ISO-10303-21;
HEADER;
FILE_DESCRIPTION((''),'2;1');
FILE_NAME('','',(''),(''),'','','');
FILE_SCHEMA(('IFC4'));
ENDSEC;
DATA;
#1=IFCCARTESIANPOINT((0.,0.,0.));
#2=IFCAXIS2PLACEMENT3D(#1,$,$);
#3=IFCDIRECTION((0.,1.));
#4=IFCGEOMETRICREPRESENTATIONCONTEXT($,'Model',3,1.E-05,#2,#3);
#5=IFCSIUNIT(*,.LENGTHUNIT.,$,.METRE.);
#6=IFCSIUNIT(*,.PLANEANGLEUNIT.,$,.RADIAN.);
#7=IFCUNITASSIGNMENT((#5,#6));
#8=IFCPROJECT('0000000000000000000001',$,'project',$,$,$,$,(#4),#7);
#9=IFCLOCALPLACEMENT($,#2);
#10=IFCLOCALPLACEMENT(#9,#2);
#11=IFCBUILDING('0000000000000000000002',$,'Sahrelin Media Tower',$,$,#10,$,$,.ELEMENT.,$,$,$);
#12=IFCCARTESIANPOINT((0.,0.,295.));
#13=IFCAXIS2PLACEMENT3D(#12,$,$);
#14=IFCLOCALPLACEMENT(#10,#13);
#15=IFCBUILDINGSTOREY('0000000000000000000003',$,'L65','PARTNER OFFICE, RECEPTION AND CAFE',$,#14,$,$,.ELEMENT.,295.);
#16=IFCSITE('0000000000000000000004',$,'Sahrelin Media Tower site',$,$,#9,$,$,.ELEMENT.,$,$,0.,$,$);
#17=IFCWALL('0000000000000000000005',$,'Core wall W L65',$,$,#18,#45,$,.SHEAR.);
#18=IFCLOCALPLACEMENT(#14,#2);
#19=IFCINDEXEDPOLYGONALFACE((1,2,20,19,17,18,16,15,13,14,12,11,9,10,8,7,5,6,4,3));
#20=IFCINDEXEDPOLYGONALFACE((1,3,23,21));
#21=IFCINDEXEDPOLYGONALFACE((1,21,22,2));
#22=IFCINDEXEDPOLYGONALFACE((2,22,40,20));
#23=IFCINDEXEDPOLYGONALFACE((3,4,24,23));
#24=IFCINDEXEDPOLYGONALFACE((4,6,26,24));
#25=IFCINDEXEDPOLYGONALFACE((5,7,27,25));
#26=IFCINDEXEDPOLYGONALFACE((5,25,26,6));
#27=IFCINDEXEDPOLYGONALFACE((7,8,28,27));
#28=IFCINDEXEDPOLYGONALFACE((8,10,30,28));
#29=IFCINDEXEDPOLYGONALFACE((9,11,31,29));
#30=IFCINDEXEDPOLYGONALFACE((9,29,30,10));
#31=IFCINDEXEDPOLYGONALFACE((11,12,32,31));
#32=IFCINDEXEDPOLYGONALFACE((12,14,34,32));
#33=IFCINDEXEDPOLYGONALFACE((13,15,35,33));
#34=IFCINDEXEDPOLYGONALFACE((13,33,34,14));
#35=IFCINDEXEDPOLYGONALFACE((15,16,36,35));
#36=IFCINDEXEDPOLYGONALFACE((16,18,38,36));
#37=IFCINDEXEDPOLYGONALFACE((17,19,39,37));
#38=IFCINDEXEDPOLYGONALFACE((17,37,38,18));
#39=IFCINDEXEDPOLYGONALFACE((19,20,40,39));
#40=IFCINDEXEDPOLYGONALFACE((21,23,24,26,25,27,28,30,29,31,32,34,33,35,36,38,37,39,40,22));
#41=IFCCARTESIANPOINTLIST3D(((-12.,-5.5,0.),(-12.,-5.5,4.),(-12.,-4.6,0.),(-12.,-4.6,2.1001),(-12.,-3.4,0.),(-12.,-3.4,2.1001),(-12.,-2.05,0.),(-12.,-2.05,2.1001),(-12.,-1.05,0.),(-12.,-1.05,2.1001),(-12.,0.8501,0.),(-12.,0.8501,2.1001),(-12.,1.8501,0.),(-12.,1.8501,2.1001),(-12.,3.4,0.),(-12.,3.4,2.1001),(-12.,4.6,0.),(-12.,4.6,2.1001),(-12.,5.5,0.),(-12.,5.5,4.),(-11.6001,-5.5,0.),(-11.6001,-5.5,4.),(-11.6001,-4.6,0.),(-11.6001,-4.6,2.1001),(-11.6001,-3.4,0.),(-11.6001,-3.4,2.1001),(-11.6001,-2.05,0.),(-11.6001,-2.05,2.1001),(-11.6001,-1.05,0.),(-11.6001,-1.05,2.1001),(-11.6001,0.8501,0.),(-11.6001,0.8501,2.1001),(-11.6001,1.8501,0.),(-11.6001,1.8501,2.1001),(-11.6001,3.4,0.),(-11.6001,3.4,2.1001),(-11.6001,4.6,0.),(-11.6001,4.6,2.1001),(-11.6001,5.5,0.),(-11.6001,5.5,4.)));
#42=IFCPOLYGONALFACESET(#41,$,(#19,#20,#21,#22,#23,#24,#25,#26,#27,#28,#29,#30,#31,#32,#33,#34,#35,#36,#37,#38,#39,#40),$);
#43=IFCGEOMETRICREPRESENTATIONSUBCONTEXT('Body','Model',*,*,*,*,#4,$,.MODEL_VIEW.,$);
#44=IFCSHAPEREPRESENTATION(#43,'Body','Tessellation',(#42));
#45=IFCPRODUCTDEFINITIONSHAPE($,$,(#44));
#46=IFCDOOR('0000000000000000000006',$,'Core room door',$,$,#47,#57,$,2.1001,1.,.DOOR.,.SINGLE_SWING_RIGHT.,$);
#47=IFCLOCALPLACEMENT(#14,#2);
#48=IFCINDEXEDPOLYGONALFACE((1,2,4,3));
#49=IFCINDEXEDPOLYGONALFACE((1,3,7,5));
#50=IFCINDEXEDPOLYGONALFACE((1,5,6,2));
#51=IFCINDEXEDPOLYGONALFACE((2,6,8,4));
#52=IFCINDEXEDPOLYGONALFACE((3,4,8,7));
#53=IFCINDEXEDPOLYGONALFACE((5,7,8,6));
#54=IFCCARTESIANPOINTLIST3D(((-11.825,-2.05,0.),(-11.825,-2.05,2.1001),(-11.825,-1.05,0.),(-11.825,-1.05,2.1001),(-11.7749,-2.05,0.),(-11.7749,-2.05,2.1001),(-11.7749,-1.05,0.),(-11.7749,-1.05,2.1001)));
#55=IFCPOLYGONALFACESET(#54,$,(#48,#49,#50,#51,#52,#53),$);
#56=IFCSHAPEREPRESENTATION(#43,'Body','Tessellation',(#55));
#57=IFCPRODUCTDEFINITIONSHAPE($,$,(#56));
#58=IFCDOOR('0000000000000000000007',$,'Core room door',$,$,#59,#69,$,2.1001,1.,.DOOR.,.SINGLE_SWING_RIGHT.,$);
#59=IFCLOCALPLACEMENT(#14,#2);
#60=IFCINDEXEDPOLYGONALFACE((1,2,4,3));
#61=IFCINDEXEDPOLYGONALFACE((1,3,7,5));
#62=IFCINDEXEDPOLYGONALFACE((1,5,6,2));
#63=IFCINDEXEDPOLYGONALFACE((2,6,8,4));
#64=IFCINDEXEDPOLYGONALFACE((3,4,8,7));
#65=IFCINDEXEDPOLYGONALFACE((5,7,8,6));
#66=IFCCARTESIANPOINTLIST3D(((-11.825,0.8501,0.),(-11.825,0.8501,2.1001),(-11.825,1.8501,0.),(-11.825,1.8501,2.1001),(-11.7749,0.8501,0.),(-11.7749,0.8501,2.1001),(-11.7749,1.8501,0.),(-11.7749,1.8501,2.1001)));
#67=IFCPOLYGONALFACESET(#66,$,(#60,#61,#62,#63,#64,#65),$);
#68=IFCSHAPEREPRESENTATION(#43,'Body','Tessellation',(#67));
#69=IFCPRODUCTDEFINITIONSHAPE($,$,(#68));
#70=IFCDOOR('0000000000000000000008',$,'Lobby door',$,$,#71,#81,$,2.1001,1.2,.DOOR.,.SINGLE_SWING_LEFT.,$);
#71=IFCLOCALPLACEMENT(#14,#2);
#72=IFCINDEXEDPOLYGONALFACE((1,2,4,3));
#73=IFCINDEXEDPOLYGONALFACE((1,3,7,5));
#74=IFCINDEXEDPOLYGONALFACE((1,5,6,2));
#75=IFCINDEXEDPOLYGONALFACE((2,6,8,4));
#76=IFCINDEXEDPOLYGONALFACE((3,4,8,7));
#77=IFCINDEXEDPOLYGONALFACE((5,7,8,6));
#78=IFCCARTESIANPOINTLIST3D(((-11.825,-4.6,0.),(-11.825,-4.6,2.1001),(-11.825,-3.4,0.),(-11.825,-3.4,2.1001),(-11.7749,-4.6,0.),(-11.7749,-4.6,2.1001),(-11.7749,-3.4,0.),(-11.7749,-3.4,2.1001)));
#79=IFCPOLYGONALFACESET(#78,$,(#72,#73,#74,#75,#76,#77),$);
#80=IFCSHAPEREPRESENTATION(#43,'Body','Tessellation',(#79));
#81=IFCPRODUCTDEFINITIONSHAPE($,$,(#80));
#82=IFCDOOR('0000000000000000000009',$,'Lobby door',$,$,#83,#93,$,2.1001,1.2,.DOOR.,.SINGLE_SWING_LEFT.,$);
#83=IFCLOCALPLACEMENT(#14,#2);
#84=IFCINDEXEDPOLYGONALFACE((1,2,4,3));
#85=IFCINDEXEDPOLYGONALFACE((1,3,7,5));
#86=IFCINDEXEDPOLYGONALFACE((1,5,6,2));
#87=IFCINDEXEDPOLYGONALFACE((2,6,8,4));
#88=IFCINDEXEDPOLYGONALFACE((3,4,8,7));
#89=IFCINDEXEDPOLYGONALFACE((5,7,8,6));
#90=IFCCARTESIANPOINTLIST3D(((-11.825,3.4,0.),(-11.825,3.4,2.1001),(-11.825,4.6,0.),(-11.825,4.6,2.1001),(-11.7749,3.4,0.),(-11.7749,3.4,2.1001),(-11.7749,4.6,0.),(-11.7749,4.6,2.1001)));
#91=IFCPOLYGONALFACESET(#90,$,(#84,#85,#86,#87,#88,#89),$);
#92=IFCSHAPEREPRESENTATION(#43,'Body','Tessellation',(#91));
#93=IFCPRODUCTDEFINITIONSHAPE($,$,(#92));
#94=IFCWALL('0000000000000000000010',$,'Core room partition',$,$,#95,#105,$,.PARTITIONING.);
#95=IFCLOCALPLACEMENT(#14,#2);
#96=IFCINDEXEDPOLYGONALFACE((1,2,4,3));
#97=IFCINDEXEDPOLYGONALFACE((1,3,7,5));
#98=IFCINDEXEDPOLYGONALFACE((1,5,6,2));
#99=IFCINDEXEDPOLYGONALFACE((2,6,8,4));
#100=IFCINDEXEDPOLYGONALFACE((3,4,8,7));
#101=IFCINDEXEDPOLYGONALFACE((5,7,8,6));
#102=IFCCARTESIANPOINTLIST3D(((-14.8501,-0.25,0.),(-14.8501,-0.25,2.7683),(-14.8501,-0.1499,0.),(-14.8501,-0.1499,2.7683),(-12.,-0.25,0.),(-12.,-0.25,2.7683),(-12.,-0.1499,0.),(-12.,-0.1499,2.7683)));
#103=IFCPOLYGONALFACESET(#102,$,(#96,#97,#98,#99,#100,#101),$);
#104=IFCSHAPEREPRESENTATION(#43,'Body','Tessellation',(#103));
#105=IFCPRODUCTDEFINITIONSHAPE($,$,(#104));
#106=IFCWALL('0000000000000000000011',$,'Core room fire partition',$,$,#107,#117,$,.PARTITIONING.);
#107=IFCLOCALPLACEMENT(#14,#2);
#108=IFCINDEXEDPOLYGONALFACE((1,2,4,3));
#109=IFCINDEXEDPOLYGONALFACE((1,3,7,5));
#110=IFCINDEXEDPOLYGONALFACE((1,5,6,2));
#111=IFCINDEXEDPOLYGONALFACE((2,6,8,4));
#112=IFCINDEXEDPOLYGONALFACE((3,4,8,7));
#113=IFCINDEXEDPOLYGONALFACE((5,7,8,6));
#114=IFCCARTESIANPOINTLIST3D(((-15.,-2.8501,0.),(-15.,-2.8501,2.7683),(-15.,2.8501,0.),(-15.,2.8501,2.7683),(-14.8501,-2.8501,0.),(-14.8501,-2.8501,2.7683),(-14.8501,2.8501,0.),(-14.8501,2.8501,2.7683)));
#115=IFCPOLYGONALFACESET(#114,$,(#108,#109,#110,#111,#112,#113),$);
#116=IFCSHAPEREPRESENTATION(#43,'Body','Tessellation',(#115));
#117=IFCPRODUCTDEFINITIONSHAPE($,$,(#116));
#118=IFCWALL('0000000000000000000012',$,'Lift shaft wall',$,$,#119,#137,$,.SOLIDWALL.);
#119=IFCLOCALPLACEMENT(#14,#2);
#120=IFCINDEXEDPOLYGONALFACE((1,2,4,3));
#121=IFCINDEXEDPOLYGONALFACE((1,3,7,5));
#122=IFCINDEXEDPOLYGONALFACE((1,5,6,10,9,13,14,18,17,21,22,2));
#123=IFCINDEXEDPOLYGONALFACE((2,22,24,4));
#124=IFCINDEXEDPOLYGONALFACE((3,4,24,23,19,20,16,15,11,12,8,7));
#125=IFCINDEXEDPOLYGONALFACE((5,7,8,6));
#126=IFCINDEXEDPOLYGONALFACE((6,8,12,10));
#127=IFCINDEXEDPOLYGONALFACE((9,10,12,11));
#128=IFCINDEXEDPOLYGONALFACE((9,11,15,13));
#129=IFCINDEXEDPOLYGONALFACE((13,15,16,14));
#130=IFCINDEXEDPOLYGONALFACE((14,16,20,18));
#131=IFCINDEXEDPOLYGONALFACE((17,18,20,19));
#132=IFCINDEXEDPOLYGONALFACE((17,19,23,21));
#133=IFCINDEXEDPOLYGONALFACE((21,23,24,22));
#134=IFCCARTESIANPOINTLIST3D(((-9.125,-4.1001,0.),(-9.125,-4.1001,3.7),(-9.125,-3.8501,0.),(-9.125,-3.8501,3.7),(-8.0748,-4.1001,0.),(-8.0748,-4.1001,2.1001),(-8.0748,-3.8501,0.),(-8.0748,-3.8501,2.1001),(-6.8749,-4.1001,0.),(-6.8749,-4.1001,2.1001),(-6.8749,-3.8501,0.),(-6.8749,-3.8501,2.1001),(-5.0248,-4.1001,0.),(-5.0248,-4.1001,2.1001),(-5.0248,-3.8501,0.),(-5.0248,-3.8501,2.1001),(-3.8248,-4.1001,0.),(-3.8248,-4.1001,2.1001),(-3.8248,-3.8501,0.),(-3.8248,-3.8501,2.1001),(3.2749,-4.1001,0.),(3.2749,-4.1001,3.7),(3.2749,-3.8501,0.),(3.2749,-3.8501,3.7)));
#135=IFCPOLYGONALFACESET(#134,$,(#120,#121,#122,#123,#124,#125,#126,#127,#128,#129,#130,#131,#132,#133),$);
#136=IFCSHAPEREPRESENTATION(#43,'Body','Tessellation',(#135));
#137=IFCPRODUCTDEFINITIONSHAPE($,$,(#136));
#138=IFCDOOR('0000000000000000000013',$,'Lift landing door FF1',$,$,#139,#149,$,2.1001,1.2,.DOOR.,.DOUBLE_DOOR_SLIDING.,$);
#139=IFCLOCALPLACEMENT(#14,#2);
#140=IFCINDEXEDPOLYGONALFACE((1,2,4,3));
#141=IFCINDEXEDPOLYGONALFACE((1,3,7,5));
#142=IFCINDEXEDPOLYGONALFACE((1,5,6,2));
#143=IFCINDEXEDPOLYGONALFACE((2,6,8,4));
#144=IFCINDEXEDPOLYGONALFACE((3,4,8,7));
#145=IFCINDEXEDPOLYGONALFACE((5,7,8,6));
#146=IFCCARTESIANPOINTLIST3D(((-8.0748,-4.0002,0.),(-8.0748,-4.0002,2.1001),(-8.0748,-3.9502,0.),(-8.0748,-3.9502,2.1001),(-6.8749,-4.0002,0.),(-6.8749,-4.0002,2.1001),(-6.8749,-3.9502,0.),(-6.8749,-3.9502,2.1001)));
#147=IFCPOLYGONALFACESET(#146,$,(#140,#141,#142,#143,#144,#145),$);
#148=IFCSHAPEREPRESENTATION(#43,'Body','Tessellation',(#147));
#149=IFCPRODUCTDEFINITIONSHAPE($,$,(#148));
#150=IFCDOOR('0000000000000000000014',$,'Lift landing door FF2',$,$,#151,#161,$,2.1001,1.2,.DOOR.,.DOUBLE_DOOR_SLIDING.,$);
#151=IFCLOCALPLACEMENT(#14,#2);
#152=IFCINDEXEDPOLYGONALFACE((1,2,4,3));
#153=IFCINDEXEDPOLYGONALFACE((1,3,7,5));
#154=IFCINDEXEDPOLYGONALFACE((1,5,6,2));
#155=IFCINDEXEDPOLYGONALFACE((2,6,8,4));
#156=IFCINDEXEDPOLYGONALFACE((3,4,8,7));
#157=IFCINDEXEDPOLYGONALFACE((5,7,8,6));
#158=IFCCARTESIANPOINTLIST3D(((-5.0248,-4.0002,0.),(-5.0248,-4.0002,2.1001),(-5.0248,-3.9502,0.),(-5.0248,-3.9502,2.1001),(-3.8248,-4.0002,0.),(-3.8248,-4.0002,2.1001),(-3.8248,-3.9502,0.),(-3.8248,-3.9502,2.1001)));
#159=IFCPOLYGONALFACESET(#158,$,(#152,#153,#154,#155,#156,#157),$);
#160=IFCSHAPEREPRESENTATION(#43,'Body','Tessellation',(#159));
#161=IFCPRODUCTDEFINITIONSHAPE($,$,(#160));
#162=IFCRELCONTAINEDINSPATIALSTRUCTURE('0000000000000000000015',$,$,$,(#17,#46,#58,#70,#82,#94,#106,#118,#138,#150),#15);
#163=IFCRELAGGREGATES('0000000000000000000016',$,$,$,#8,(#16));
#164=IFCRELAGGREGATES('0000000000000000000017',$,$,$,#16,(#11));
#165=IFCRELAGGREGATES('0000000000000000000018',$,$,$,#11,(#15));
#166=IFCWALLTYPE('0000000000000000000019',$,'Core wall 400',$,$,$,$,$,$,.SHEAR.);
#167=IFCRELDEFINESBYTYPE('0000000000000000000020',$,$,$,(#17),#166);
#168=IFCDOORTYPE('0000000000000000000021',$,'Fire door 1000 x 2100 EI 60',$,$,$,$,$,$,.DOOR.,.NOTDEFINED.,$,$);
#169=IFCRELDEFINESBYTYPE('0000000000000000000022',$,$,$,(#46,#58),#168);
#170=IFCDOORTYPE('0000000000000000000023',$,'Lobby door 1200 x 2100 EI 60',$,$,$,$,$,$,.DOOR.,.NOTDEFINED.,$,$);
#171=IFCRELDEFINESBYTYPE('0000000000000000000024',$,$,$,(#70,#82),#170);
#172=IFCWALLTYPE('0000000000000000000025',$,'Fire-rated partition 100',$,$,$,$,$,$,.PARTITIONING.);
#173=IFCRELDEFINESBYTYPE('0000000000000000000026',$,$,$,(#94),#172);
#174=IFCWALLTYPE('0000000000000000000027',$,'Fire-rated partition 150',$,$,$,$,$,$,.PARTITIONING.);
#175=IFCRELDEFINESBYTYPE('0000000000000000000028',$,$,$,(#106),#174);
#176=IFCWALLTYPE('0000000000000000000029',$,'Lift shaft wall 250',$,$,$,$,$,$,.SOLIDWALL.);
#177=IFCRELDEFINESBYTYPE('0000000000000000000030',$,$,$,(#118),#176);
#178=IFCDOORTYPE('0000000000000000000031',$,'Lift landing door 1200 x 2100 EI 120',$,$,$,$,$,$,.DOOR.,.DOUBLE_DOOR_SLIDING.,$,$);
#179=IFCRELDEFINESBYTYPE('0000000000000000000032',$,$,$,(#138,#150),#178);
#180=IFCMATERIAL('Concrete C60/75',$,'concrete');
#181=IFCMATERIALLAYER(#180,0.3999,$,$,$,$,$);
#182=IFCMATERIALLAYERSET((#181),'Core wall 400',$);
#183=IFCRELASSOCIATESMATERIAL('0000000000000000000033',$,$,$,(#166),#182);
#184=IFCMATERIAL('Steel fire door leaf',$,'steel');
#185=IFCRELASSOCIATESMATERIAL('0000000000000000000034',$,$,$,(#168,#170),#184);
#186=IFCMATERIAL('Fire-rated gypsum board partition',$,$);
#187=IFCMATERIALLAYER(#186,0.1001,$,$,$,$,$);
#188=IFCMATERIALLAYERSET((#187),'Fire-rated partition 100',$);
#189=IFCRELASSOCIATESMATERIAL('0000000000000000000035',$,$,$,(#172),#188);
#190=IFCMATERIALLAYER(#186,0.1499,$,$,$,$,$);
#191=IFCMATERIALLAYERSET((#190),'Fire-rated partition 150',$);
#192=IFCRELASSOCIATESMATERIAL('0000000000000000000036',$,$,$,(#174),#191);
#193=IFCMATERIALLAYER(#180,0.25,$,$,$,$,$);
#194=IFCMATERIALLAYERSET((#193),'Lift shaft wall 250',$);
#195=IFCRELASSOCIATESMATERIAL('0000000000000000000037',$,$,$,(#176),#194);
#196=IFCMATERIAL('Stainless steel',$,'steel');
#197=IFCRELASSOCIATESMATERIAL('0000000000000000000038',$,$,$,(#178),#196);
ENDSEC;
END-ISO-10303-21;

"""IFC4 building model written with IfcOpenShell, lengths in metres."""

from ifc_helpers import new_model, si_unit, direction, frame, frame_2d, origin, place, context, subcontext, project, spatial, rectangle, extrude, material, layer, layer_set, type_object, element, fill, save


model = new_model("IFC4")

# Units and contexts
model_context = context("Model", 3, precision=1e-05, world=origin(), true_north=direction((0.0, 1.0)))
body_context = subcontext(model_context, "Body", "Model", "MODEL_VIEW")
ifc_project = project(units=[si_unit("LENGTHUNIT", "METRE"), si_unit("PLANEANGLEUNIT", "RADIAN")], contexts=[model_context])

# Site, building, storey
site_placement = place(None, origin())
site = spatial("IfcSite", under=ifc_project, at=site_placement, Name="Sahrelin Media Tower site", CompositionType="ELEMENT", RefElevation=0.0)
building_placement = place(site_placement, origin())
building = spatial("IfcBuilding", under=site, at=building_placement, Name="Sahrelin Media Tower", CompositionType="ELEMENT")
storey_placement = place(building_placement, frame((0.0, 0.0, 295.0)))
storey = spatial("IfcBuildingStorey", under=building, at=storey_placement, Name="L65", Description="PARTNER OFFICE, RECEPTION AND CAFE", CompositionType="ELEMENT", Elevation=295.0)

# Shared definitions
ifc_material_1 = material(Name="Concrete C60/75", Category="concrete")
ifc_layer_1 = layer(ifc_material_1, 0.3999)
ifc_layer_set_1 = layer_set([ifc_layer_1], Name="Core wall 400")
wall_type_1 = type_object("IfcWallType", Name="Core wall 400", PredefinedType="SHEAR", material=ifc_layer_set_1)

# Wall, openings, doors
wall_1_placement = place(storey_placement, frame((-11.8, -5.5, 0.0), z_axis=(0.0, 0.0, 1.0), x_axis=(0.0, 1.0, 0.0)))
wall_1 = element("IfcWall", 1, at=wall_1_placement, inside=storey, type_object=wall_type_1, Name="Core wall W L65", PredefinedType="SHEAR", context=body_context, shape_type="SweptSolid", body=[
    extrude(rectangle(XDim=11.0, YDim=0.3999, at=frame_2d((5.5, 0.0))), origin(), (0.0, 0.0, 1.0), 4.0),
])
opening_1_placement = place(wall_1_placement, frame((3.45, 0.0, 0.0)))
opening_1 = element("IfcOpeningElement", 2, at=opening_1_placement, cuts=wall_1, PredefinedType="OPENING", context=body_context, shape_type="SweptSolid", body=[
    extrude(rectangle(XDim=1.0, YDim=2.1001, at=frame_2d((0.5, 1.05))), frame((0.0, 0.2, 0.0), z_axis=(0.0, -1.0, 0.0), x_axis=(1.0, 0.0, 0.0)), (0.0, 0.0, 1.0), 0.3999),
])
opening_2_placement = place(wall_1_placement, frame((6.3501, 0.0, 0.0)))
opening_2 = element("IfcOpeningElement", 3, at=opening_2_placement, cuts=wall_1, PredefinedType="OPENING", context=body_context, shape_type="SweptSolid", body=[
    extrude(rectangle(XDim=1.0, YDim=2.1001, at=frame_2d((0.5, 1.05))), frame((0.0, 0.2, 0.0), z_axis=(0.0, -1.0, 0.0), x_axis=(1.0, 0.0, 0.0)), (0.0, 0.0, 1.0), 0.3999),
])
opening_3_placement = place(wall_1_placement, frame((0.8999, 0.0, 0.0)))
opening_3 = element("IfcOpeningElement", 4, at=opening_3_placement, cuts=wall_1, PredefinedType="OPENING", context=body_context, shape_type="SweptSolid", body=[
    extrude(rectangle(XDim=1.2, YDim=2.1001, at=frame_2d((0.6001, 1.05))), frame((0.0, 0.2, 0.0), z_axis=(0.0, -1.0, 0.0), x_axis=(1.0, 0.0, 0.0)), (0.0, 0.0, 1.0), 0.3999),
])
opening_4_placement = place(wall_1_placement, frame((8.8999, 0.0, 0.0)))
opening_4 = element("IfcOpeningElement", 5, at=opening_4_placement, cuts=wall_1, PredefinedType="OPENING", context=body_context, shape_type="SweptSolid", body=[
    extrude(rectangle(XDim=1.2, YDim=2.1001, at=frame_2d((0.6001, 1.05))), frame((0.0, 0.2, 0.0), z_axis=(0.0, -1.0, 0.0), x_axis=(1.0, 0.0, 0.0)), (0.0, 0.0, 1.0), 0.3999),
])
ifc_material_2 = material(Name="Steel fire door leaf", Category="steel")
door_type_1 = type_object("IfcDoorType", Name="Fire door 1000 x 2100 EI 60", OperationType="NOTDEFINED", PredefinedType="DOOR", material=ifc_material_2)
door_1_placement = place(opening_1_placement, origin())
door_1 = element("IfcDoor", 6, at=door_1_placement, inside=storey, type_object=door_type_1, Name="Core room door", OperationType="SINGLE_SWING_RIGHT", OverallHeight=2.1001, OverallWidth=1.0, PredefinedType="DOOR", context=body_context, shape_type="SweptSolid", body=[
    extrude(rectangle(XDim=1.0, YDim=2.1001, at=frame_2d((0.5, 1.05))), frame((0.0, 0.0249, 0.0), z_axis=(0.0, -1.0, 0.0), x_axis=(1.0, 0.0, 0.0)), (0.0, 0.0, 1.0), 0.05),
])
fill(opening_1, door_1)
door_2_placement = place(opening_2_placement, origin())
door_2 = element("IfcDoor", 7, at=door_2_placement, inside=storey, type_object=door_type_1, Name="Core room door", OperationType="SINGLE_SWING_RIGHT", OverallHeight=2.1001, OverallWidth=1.0, PredefinedType="DOOR", context=body_context, shape_type="SweptSolid", body=[
    extrude(rectangle(XDim=1.0, YDim=2.1001, at=frame_2d((0.5, 1.05))), frame((0.0, 0.0249, 0.0), z_axis=(0.0, -1.0, 0.0), x_axis=(1.0, 0.0, 0.0)), (0.0, 0.0, 1.0), 0.05),
])
fill(opening_2, door_2)
door_type_2 = type_object("IfcDoorType", Name="Lobby door 1200 x 2100 EI 60", OperationType="NOTDEFINED", PredefinedType="DOOR", material=ifc_material_2)
door_3_placement = place(opening_3_placement, origin())
door_3 = element("IfcDoor", 8, at=door_3_placement, inside=storey, type_object=door_type_2, Name="Lobby door", OperationType="SINGLE_SWING_LEFT", OverallHeight=2.1001, OverallWidth=1.2, PredefinedType="DOOR", context=body_context, shape_type="SweptSolid", body=[
    extrude(rectangle(XDim=1.2, YDim=2.1001, at=frame_2d((0.6001, 1.05))), frame((0.0, 0.0249, 0.0), z_axis=(0.0, -1.0, 0.0), x_axis=(1.0, 0.0, 0.0)), (0.0, 0.0, 1.0), 0.05),
])
fill(opening_3, door_3)
door_4_placement = place(opening_4_placement, origin())
door_4 = element("IfcDoor", 9, at=door_4_placement, inside=storey, type_object=door_type_2, Name="Lobby door", OperationType="SINGLE_SWING_LEFT", OverallHeight=2.1001, OverallWidth=1.2, PredefinedType="DOOR", context=body_context, shape_type="SweptSolid", body=[
    extrude(rectangle(XDim=1.2, YDim=2.1001, at=frame_2d((0.6001, 1.05))), frame((0.0, 0.0249, 0.0), z_axis=(0.0, -1.0, 0.0), x_axis=(1.0, 0.0, 0.0)), (0.0, 0.0, 1.0), 0.05),
])
fill(opening_4, door_4)

# Walls
ifc_material_3 = material(Name="Fire-rated gypsum board partition")
ifc_layer_2 = layer(ifc_material_3, 0.1001)
ifc_layer_set_2 = layer_set([ifc_layer_2], Name="Fire-rated partition 100")
wall_type_2 = type_object("IfcWallType", Name="Fire-rated partition 100", PredefinedType="PARTITIONING", material=ifc_layer_set_2)
wall_2_placement = place(storey_placement, frame((-14.8501, -0.2, 0.0), z_axis=(0.0, 0.0, 1.0), x_axis=(1.0, 0.0, 0.0)))
element("IfcWall", 10, at=wall_2_placement, inside=storey, type_object=wall_type_2, Name="Core room partition", PredefinedType="PARTITIONING", context=body_context, shape_type="SweptSolid", body=[
    extrude(rectangle(XDim=2.8501, YDim=0.1001, at=frame_2d((1.425, 0.0))), origin(), (0.0, 0.0, 1.0), 2.7683),
])
ifc_layer_3 = layer(ifc_material_3, 0.1499)
ifc_layer_set_3 = layer_set([ifc_layer_3], Name="Fire-rated partition 150")
wall_type_3 = type_object("IfcWallType", Name="Fire-rated partition 150", PredefinedType="PARTITIONING", material=ifc_layer_set_3)
wall_3_placement = place(storey_placement, frame((-14.925, -2.8501, 0.0), z_axis=(0.0, 0.0, 1.0), x_axis=(0.0, 1.0, 0.0)))
element("IfcWall", 11, at=wall_3_placement, inside=storey, type_object=wall_type_3, Name="Core room fire partition", PredefinedType="PARTITIONING", context=body_context, shape_type="SweptSolid", body=[
    extrude(rectangle(XDim=5.7002, YDim=0.1499, at=frame_2d((2.8501, 0.0))), origin(), (0.0, 0.0, 1.0), 2.7683),
])

# Wall, openings, doors
ifc_layer_4 = layer(ifc_material_1, 0.25)
ifc_layer_set_4 = layer_set([ifc_layer_4], Name="Lift shaft wall 250")
wall_type_4 = type_object("IfcWallType", Name="Lift shaft wall 250", PredefinedType="SOLIDWALL", material=ifc_layer_set_4)
wall_4_placement = place(storey_placement, frame((-9.125, -3.9751, 0.0), z_axis=(0.0, 0.0, 1.0), x_axis=(1.0, 0.0, 0.0)))
wall_4 = element("IfcWall", 12, at=wall_4_placement, inside=storey, type_object=wall_type_4, Name="Lift shaft wall", PredefinedType="SOLIDWALL", context=body_context, shape_type="SweptSolid", body=[
    extrude(rectangle(XDim=12.3999, YDim=0.25, at=frame_2d((6.2, 0.0))), origin(), (0.0, 0.0, 1.0), 3.7),
])
opening_5_placement = place(wall_4_placement, frame((1.05, 0.0, 0.0)))
opening_5 = element("IfcOpeningElement", 13, at=opening_5_placement, cuts=wall_4, PredefinedType="OPENING", context=body_context, shape_type="SweptSolid", body=[
    extrude(rectangle(XDim=1.2, YDim=2.1001, at=frame_2d((0.6001, 1.05))), frame((0.0, 0.125, 0.0), z_axis=(0.0, -1.0, 0.0), x_axis=(1.0, 0.0, 0.0)), (0.0, 0.0, 1.0), 0.25),
])
opening_6_placement = place(wall_4_placement, frame((4.1001, 0.0, 0.0)))
opening_6 = element("IfcOpeningElement", 14, at=opening_6_placement, cuts=wall_4, PredefinedType="OPENING", context=body_context, shape_type="SweptSolid", body=[
    extrude(rectangle(XDim=1.2, YDim=2.1001, at=frame_2d((0.6001, 1.05))), frame((0.0, 0.125, 0.0), z_axis=(0.0, -1.0, 0.0), x_axis=(1.0, 0.0, 0.0)), (0.0, 0.0, 1.0), 0.25),
])
ifc_material_4 = material(Name="Stainless steel", Category="steel")
door_type_3 = type_object("IfcDoorType", Name="Lift landing door 1200 x 2100 EI 120", OperationType="DOUBLE_DOOR_SLIDING", PredefinedType="DOOR", material=ifc_material_4)
door_5_placement = place(opening_5_placement, origin())
door_5 = element("IfcDoor", 15, at=door_5_placement, inside=storey, type_object=door_type_3, Name="Lift landing door FF1", OperationType="DOUBLE_DOOR_SLIDING", OverallHeight=2.1001, OverallWidth=1.2, PredefinedType="DOOR", context=body_context, shape_type="SweptSolid", body=[
    extrude(rectangle(XDim=1.2, YDim=2.1001, at=frame_2d((0.6001, 1.05))), frame((0.0, 0.0249, 0.0), z_axis=(0.0, -1.0, 0.0), x_axis=(1.0, 0.0, 0.0)), (0.0, 0.0, 1.0), 0.05),
])
fill(opening_5, door_5)
door_6_placement = place(opening_6_placement, origin())
door_6 = element("IfcDoor", 16, at=door_6_placement, inside=storey, type_object=door_type_3, Name="Lift landing door FF2", OperationType="DOUBLE_DOOR_SLIDING", OverallHeight=2.1001, OverallWidth=1.2, PredefinedType="DOOR", context=body_context, shape_type="SweptSolid", body=[
    extrude(rectangle(XDim=1.2, YDim=2.1001, at=frame_2d((0.6001, 1.05))), frame((0.0, 0.0249, 0.0), z_axis=(0.0, -1.0, 0.0), x_axis=(1.0, 0.0, 0.0)), (0.0, 0.0, 1.0), 0.05),
])
fill(opening_6, door_6)

save(model, "model.ifc")
